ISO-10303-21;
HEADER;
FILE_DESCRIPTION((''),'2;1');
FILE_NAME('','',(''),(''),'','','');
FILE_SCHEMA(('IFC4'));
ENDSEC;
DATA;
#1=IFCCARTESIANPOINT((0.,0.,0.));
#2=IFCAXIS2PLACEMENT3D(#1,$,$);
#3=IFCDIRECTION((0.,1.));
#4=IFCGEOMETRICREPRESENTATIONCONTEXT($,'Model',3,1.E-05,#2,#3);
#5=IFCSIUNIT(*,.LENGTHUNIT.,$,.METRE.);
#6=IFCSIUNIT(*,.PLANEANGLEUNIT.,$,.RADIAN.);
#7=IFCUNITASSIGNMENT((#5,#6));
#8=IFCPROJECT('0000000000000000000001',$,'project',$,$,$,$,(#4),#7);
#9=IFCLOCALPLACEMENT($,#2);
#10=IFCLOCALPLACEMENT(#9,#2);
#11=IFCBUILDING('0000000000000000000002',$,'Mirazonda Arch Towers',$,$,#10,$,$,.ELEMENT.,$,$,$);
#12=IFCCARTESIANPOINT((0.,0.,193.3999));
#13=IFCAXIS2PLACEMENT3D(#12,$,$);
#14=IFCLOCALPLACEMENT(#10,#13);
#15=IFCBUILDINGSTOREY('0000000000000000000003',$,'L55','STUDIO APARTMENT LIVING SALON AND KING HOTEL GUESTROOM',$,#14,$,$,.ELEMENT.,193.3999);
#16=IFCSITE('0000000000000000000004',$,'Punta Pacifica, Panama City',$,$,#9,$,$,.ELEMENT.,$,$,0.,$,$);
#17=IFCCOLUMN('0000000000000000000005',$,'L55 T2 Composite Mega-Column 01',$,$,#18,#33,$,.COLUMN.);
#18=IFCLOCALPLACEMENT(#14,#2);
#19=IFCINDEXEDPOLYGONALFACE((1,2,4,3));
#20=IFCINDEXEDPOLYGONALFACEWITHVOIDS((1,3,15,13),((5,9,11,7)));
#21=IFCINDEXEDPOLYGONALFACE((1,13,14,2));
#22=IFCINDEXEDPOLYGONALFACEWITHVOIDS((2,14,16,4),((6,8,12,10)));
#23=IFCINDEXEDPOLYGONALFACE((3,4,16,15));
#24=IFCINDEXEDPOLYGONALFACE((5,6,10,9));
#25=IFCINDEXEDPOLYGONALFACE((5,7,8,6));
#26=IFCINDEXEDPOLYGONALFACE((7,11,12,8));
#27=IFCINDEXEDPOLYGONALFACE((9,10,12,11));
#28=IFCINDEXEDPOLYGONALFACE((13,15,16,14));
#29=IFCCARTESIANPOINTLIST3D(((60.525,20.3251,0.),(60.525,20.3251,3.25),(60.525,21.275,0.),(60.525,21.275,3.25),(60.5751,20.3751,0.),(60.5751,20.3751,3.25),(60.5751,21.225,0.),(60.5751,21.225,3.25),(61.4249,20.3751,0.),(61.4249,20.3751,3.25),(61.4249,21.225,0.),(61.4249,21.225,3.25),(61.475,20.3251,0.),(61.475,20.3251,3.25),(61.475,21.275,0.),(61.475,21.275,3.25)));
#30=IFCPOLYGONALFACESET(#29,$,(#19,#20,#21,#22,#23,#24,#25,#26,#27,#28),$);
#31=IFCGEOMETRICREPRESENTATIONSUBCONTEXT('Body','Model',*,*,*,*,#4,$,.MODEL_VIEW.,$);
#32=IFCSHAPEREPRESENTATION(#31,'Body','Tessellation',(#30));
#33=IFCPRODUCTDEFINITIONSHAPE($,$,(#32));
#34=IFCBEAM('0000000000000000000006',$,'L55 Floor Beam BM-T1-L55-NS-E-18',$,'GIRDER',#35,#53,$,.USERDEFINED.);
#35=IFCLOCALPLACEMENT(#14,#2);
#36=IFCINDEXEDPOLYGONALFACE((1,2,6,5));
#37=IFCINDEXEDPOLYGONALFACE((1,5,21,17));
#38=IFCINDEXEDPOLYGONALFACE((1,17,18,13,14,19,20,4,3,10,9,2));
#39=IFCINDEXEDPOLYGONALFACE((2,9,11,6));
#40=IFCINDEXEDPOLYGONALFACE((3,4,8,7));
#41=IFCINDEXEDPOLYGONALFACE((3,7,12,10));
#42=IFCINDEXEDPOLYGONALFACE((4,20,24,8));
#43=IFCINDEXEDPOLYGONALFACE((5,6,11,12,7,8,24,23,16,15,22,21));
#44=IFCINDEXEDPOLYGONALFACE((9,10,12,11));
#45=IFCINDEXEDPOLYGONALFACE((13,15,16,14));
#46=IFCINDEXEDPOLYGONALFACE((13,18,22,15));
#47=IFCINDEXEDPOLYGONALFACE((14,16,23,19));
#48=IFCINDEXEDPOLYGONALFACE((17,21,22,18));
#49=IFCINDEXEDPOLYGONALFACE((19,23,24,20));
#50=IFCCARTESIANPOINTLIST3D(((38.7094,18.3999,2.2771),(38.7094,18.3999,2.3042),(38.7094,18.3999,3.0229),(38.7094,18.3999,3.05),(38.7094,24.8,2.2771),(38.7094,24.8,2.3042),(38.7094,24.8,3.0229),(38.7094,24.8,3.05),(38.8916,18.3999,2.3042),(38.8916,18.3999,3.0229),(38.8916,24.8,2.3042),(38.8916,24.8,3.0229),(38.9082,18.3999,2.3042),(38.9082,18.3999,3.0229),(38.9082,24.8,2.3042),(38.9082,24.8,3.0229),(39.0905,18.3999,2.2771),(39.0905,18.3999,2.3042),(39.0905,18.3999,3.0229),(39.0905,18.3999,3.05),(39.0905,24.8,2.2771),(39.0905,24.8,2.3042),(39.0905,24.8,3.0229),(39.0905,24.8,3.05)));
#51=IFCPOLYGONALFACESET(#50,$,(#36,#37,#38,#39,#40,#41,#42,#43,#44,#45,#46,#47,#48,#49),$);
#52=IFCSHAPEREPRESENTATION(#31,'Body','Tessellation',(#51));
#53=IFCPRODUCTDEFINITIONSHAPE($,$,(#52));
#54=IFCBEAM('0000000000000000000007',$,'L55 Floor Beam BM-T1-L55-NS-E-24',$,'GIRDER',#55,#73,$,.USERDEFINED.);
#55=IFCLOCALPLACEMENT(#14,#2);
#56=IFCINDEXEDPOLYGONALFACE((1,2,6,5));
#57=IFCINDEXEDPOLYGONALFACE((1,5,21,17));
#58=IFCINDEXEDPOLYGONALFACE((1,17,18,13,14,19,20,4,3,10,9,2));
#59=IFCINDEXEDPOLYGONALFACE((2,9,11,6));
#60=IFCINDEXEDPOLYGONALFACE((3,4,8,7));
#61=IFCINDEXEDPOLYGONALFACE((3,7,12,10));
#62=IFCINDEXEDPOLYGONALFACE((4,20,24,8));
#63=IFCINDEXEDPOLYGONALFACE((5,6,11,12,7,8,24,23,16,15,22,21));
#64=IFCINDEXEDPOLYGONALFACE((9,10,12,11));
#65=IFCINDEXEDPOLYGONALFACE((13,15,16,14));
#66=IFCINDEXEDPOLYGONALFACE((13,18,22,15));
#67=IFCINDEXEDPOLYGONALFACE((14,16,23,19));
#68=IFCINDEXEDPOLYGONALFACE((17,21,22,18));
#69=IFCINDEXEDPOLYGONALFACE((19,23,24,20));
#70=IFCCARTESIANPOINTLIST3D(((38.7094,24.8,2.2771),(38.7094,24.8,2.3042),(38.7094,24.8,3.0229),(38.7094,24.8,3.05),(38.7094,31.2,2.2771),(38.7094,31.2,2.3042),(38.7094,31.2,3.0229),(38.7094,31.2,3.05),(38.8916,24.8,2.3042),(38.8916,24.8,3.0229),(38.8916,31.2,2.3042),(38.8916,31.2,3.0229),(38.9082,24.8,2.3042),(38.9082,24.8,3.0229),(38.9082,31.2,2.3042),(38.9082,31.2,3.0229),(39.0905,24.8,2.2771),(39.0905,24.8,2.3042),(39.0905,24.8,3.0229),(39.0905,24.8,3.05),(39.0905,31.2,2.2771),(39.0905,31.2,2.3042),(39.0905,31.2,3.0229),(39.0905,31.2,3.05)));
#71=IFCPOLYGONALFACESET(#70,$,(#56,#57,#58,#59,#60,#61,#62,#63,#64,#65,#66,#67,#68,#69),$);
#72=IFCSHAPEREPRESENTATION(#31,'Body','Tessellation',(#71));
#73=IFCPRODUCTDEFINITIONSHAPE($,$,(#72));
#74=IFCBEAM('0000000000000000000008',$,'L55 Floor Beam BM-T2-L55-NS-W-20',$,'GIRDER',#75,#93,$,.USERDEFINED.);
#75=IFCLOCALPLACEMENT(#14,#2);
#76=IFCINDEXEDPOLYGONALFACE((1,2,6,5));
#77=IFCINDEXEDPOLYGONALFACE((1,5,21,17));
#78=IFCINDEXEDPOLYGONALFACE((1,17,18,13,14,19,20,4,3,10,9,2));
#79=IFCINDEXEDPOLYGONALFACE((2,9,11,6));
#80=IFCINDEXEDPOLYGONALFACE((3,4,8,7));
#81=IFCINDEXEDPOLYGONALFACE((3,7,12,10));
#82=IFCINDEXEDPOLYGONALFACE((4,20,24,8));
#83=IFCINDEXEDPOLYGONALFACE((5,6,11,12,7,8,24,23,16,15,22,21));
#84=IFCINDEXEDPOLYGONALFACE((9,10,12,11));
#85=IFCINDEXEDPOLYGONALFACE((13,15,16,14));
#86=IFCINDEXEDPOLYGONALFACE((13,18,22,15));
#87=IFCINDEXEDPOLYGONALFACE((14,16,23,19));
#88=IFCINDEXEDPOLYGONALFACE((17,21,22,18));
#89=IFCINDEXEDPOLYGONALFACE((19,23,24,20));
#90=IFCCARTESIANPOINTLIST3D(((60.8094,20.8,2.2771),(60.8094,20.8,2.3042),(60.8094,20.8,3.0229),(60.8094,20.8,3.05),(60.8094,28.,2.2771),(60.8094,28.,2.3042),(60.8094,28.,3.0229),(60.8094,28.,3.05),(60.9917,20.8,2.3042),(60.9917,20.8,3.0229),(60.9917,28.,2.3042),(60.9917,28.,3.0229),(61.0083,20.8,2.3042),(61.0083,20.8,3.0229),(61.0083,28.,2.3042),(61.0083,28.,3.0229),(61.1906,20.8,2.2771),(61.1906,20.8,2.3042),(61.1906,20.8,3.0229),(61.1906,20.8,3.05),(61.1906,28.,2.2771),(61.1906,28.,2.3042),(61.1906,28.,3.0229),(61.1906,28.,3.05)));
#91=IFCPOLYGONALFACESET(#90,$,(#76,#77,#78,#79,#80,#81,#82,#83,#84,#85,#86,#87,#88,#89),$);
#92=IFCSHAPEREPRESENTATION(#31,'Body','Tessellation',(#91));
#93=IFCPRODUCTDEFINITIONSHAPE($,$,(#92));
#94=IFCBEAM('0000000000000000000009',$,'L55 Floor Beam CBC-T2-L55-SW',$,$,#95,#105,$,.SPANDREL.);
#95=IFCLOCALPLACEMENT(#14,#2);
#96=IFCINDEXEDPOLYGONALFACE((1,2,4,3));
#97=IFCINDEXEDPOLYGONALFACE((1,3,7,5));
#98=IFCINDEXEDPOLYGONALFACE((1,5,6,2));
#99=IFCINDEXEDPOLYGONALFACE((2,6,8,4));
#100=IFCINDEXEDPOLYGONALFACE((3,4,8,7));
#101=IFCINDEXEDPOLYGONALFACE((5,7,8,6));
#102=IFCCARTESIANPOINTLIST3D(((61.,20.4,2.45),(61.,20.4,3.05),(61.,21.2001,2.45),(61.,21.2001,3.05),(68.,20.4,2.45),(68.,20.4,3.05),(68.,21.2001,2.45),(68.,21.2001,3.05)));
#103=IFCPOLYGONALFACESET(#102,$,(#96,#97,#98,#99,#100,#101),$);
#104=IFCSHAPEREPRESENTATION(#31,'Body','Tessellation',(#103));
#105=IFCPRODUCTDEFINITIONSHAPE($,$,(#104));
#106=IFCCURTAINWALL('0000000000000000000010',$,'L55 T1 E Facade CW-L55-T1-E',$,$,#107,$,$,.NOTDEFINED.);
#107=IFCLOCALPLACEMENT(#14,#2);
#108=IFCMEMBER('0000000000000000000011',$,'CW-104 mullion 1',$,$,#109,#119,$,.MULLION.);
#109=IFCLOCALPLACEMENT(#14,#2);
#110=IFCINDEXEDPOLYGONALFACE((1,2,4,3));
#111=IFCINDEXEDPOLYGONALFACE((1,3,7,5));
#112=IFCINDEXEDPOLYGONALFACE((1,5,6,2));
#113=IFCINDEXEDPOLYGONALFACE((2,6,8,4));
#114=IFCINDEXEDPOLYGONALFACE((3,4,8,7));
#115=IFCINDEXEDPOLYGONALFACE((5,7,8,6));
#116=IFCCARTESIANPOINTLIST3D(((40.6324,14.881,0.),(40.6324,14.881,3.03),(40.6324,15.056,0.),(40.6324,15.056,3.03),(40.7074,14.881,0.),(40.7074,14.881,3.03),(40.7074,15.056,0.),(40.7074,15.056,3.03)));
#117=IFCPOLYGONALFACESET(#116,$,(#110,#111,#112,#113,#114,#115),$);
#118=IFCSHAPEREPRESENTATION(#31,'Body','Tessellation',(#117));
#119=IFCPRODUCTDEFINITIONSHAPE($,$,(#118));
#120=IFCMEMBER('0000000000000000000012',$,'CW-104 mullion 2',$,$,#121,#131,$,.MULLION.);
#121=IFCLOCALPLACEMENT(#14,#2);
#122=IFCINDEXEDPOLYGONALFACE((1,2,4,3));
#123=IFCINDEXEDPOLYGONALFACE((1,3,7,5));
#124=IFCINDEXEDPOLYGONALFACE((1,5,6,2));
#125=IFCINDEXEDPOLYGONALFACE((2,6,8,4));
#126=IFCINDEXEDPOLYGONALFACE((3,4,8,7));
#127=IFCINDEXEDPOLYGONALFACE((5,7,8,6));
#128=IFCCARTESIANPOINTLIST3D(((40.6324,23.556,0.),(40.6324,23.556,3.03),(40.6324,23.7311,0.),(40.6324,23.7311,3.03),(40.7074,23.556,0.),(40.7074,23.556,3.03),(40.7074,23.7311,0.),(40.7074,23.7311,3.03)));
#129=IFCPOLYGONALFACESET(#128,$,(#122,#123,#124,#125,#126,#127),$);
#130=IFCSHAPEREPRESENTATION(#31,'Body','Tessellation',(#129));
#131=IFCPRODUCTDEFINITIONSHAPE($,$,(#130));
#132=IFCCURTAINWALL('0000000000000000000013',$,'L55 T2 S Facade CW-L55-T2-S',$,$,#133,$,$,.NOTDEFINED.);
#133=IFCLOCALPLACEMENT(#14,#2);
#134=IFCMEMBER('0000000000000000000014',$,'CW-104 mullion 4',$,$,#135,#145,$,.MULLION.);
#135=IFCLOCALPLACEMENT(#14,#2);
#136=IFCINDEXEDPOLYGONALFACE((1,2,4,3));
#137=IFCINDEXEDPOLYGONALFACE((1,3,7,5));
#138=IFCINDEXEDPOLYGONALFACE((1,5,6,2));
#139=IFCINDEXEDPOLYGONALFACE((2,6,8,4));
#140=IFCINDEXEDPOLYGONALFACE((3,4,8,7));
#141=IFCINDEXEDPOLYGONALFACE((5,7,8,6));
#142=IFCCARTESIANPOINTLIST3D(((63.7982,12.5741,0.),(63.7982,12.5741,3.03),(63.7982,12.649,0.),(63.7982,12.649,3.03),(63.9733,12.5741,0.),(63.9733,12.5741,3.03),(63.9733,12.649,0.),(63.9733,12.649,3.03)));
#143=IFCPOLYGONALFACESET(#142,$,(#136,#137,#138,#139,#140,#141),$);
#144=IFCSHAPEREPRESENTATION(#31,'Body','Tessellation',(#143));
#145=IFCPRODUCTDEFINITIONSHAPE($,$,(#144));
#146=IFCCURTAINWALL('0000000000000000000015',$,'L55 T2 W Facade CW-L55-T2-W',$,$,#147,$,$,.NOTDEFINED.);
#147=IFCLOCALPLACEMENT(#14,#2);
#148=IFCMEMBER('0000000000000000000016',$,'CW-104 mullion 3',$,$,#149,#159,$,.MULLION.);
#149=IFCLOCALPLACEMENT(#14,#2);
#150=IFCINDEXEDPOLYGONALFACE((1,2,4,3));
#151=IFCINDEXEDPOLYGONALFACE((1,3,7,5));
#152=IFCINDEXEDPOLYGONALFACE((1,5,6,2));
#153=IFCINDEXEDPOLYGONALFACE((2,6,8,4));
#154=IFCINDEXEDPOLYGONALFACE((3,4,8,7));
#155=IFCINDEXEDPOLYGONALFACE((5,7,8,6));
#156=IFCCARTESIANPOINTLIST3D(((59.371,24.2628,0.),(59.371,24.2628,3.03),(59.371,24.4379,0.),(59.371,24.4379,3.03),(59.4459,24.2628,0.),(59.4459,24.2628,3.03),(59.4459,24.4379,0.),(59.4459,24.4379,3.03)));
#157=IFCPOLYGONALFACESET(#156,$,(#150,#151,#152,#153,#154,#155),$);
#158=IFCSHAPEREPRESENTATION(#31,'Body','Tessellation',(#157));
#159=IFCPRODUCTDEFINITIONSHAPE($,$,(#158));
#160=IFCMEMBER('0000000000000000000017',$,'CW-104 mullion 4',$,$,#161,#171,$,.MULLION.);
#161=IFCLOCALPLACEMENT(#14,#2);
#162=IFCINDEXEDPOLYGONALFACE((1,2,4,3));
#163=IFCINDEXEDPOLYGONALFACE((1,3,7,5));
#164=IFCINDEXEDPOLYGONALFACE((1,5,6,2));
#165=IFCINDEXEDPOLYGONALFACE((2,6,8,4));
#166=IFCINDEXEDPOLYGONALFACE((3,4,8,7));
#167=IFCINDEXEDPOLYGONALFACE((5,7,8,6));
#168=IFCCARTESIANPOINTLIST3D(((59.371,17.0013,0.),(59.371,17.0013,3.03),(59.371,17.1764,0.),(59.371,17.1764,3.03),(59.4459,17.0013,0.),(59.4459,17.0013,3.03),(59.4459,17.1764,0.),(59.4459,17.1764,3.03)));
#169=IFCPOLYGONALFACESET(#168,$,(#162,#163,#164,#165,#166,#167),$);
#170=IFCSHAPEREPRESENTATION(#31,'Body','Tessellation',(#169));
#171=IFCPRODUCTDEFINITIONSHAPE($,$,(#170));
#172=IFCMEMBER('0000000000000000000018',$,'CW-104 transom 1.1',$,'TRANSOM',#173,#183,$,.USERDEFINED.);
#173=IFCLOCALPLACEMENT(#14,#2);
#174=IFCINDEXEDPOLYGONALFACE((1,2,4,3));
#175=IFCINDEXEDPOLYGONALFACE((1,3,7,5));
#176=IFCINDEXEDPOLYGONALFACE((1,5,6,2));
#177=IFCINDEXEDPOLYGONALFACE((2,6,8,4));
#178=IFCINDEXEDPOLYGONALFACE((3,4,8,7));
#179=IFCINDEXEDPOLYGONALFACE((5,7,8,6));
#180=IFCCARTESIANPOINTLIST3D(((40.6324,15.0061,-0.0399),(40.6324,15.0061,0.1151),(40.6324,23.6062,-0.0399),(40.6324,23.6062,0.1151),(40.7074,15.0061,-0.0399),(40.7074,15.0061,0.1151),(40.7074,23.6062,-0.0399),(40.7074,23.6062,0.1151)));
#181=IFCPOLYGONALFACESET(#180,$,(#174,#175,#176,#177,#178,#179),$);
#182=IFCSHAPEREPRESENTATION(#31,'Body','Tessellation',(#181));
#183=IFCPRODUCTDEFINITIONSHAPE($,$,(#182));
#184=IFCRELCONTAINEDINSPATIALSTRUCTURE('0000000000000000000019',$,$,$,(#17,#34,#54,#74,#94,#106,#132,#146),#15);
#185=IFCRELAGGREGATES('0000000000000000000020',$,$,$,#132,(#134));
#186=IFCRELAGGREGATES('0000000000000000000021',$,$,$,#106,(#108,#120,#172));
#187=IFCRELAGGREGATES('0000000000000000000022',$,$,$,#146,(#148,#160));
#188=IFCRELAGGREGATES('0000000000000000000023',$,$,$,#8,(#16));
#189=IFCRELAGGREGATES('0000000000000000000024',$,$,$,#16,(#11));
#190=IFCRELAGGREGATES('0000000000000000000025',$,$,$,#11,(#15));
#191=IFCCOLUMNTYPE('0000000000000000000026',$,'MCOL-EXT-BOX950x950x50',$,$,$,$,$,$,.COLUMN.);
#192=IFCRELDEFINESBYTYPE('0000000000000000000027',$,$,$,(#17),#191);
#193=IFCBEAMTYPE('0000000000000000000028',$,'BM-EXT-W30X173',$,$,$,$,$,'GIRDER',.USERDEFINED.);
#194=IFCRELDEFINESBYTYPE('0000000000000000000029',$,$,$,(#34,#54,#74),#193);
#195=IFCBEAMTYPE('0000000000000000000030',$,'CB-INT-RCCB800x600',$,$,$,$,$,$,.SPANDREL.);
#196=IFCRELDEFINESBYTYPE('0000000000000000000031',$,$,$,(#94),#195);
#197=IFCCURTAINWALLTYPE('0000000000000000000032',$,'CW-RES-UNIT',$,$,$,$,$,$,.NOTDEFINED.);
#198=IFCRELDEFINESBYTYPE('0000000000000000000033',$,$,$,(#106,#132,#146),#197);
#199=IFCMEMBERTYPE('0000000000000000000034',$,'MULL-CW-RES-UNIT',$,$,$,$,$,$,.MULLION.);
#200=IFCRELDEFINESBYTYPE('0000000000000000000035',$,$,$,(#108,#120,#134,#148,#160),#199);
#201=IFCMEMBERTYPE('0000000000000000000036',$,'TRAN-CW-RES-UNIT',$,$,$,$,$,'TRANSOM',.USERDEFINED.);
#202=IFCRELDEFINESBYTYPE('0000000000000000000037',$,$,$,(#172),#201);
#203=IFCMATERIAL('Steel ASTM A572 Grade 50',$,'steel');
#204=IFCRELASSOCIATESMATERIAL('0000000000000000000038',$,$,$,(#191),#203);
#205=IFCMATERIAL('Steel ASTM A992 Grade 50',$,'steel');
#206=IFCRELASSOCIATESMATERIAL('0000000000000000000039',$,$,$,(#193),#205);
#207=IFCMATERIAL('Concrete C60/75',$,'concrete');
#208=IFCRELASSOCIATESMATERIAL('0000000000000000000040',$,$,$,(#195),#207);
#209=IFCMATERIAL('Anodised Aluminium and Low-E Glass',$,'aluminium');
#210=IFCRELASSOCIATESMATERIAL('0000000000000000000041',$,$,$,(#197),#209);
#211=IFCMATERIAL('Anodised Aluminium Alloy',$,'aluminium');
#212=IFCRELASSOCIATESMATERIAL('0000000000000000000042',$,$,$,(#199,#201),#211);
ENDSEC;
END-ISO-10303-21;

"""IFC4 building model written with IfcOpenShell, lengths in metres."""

from ifc_helpers import new_model, si_unit, direction, frame, origin, origin_2d, place, context, subcontext, project, spatial, rectangle, hollow_rectangle, i_section, extrude, material, material_profile, profile_set, type_object, element, aggregate, save


model = new_model("IFC4")

# Units and contexts
model_context = context("Model", 3, precision=1e-05, world=origin(), true_north=direction((0.0, 1.0)))
body_context = subcontext(model_context, "Body", "Model", "MODEL_VIEW")
ifc_project = project(units=[si_unit("LENGTHUNIT", "METRE"), si_unit("PLANEANGLEUNIT", "RADIAN")], contexts=[model_context])

# Site, building, storey
site_placement = place(None, origin())
site = spatial("IfcSite", under=ifc_project, at=site_placement, Name="Punta Pacifica, Panama City", CompositionType="ELEMENT", RefElevation=0.0)
building_placement = place(site_placement, origin())
building = spatial("IfcBuilding", under=site, at=building_placement, Name="Mirazonda Arch Towers", CompositionType="ELEMENT")
storey_placement = place(building_placement, frame((0.0, 0.0, 193.3999)))
storey = spatial("IfcBuildingStorey", under=building, at=storey_placement, Name="L55", Description="STUDIO APARTMENT LIVING SALON AND KING HOTEL GUESTROOM", CompositionType="ELEMENT", Elevation=193.3999)

# Column
ifc_material_1 = material(Name="Steel ASTM A572 Grade 50", Category="steel")
ifc_material_profile_1 = material_profile(ifc_material_1, hollow_rectangle(XDim=0.95, YDim=0.95, WallThickness=0.05, at=origin_2d()), Name="BOX950x950x50")
ifc_profile_set_1 = profile_set([ifc_material_profile_1], Name="Steel ASTM A572 Grade 50")
column_type = type_object("IfcColumnType", Name="MCOL-EXT-BOX950x950x50", PredefinedType="COLUMN", material=ifc_profile_set_1)
column_placement = place(storey_placement, frame((61.0, 20.8, 0.0), z_axis=(0.0, 0.0, 1.0), x_axis=(1.0, 0.0, 0.0)))
element("IfcColumn", 1, at=column_placement, inside=storey, type_object=column_type, Name="L55 T2 Composite Mega-Column 01", PredefinedType="COLUMN", context=body_context, shape_type="SweptSolid", body=[
    extrude(hollow_rectangle(XDim=0.95, YDim=0.95, WallThickness=0.05, at=origin_2d()), origin(), (0.0, 0.0, 1.0), 3.25),
])

# Beams
ifc_material_2 = material(Name="Steel ASTM A992 Grade 50", Category="steel")
ifc_material_profile_2 = material_profile(ifc_material_2, i_section(OverallWidth=0.3811, OverallDepth=0.7729, WebThickness=0.0166, FlangeThickness=0.0271, at=origin_2d()), Name="W30X173")
ifc_profile_set_2 = profile_set([ifc_material_profile_2], Name="Steel ASTM A992 Grade 50")
beam_type_1 = type_object("IfcBeamType", Name="BM-EXT-W30X173", ElementType="GIRDER", PredefinedType="USERDEFINED", material=ifc_profile_set_2)
beam_1_placement = place(storey_placement, frame((38.8999, 18.3999, 2.6636), z_axis=(0.0, 1.0, 0.0), x_axis=(-1.0, 0.0, 0.0)))
element("IfcBeam", 2, at=beam_1_placement, inside=storey, type_object=beam_type_1, Name="L55 Floor Beam BM-T1-L55-NS-E-18", ObjectType="GIRDER", PredefinedType="USERDEFINED", context=body_context, shape_type="SweptSolid", body=[
    extrude(i_section(OverallWidth=0.3811, OverallDepth=0.7729, WebThickness=0.0166, FlangeThickness=0.0271, at=origin_2d()), origin(), (0.0, 0.0, 1.0), 6.4001),
])
beam_2_placement = place(storey_placement, frame((38.8999, 24.8, 2.6636), z_axis=(0.0, 1.0, 0.0), x_axis=(-1.0, 0.0, 0.0)))
element("IfcBeam", 3, at=beam_2_placement, inside=storey, type_object=beam_type_1, Name="L55 Floor Beam BM-T1-L55-NS-E-24", ObjectType="GIRDER", PredefinedType="USERDEFINED", context=body_context, shape_type="SweptSolid", body=[
    extrude(i_section(OverallWidth=0.3811, OverallDepth=0.7729, WebThickness=0.0166, FlangeThickness=0.0271, at=origin_2d()), origin(), (0.0, 0.0, 1.0), 6.3999),
])
beam_3_placement = place(storey_placement, frame((61.0, 20.8, 2.6636), z_axis=(0.0, 1.0, 0.0), x_axis=(-1.0, 0.0, 0.0)))
element("IfcBeam", 4, at=beam_3_placement, inside=storey, type_object=beam_type_1, Name="L55 Floor Beam BM-T2-L55-NS-W-20", ObjectType="GIRDER", PredefinedType="USERDEFINED", context=body_context, shape_type="SweptSolid", body=[
    extrude(i_section(OverallWidth=0.3811, OverallDepth=0.7729, WebThickness=0.0166, FlangeThickness=0.0271, at=origin_2d()), origin(), (0.0, 0.0, 1.0), 7.2),
])
ifc_material_3 = material(Name="Concrete C60/75", Category="concrete")
ifc_material_profile_3 = material_profile(ifc_material_3, rectangle(XDim=0.8, YDim=0.6001, at=origin_2d()), Name="RCCB800x600")
ifc_profile_set_3 = profile_set([ifc_material_profile_3], Name="Concrete C60/75")
beam_type_2 = type_object("IfcBeamType", Name="CB-INT-RCCB800x600", PredefinedType="SPANDREL", material=ifc_profile_set_3)
beam_4_placement = place(storey_placement, frame((61.0, 20.8, 2.75), z_axis=(1.0, 0.0, 0.0), x_axis=(0.0, 1.0, 0.0)))
element("IfcBeam", 5, at=beam_4_placement, inside=storey, type_object=beam_type_2, Name="L55 Floor Beam CBC-T2-L55-SW", PredefinedType="SPANDREL", context=body_context, shape_type="SweptSolid", body=[
    extrude(rectangle(XDim=0.8, YDim=0.6001, at=origin_2d()), origin(), (0.0, 0.0, 1.0), 7.0),
])

# Curtain wall, members
ifc_material_4 = material(Name="Anodised Aluminium and Low-E Glass", Category="aluminium")
curtain_wall_type = type_object("IfcCurtainWallType", Name="CW-RES-UNIT", PredefinedType="NOTDEFINED", material=ifc_material_4)
curtain_wall_1_placement = place(storey_placement, origin())
curtain_wall_1 = element("IfcCurtainWall", 6, at=curtain_wall_1_placement, inside=storey, type_object=curtain_wall_type, Name="L55 T1 E Facade CW-L55-T1-E", PredefinedType="NOTDEFINED")
ifc_material_5 = material(Name="Anodised Aluminium Alloy", Category="aluminium")
ifc_material_profile_4 = material_profile(ifc_material_5, rectangle(XDim=0.075, YDim=0.175, at=origin_2d()), Name="ALU-MULL-75x175")
ifc_profile_set_4 = profile_set([ifc_material_profile_4], Name="Anodised Aluminium Alloy")
member_type_1 = type_object("IfcMemberType", Name="MULL-CW-RES-UNIT", PredefinedType="MULLION", material=ifc_profile_set_4)
member_1_placement = place(storey_placement, frame((40.6699, 14.9685, 0.0), z_axis=(0.0, 0.0, 1.0), x_axis=(-1.0, 0.0, 0.0)))
member_1 = element("IfcMember", 7, at=member_1_placement, type_object=member_type_1, Name="CW-104 mullion 1", PredefinedType="MULLION", context=body_context, shape_type="SweptSolid", body=[
    extrude(rectangle(XDim=0.075, YDim=0.175, at=origin_2d()), origin(), (0.0, 0.0, 1.0), 3.03),
])
member_2_placement = place(storey_placement, frame((40.6699, 23.6436, 0.0), z_axis=(0.0, 0.0, 1.0), x_axis=(-1.0, 0.0, 0.0)))
member_2 = element("IfcMember", 8, at=member_2_placement, type_object=member_type_1, Name="CW-104 mullion 2", PredefinedType="MULLION", context=body_context, shape_type="SweptSolid", body=[
    extrude(rectangle(XDim=0.075, YDim=0.175, at=origin_2d()), origin(), (0.0, 0.0, 1.0), 3.03),
])

# Curtain wall, member
curtain_wall_2_placement = place(storey_placement, origin())
curtain_wall_2 = element("IfcCurtainWall", 9, at=curtain_wall_2_placement, inside=storey, type_object=curtain_wall_type, Name="L55 T2 S Facade CW-L55-T2-S", PredefinedType="NOTDEFINED")
member_3_placement = place(storey_placement, frame((63.8857, 12.6116, 0.0), z_axis=(0.0, 0.0, 1.0), x_axis=(0.0, -1.0, 0.0)))
member_3 = element("IfcMember", 10, at=member_3_placement, type_object=member_type_1, Name="CW-104 mullion 4", PredefinedType="MULLION", context=body_context, shape_type="SweptSolid", body=[
    extrude(rectangle(XDim=0.075, YDim=0.175, at=origin_2d()), origin(), (0.0, 0.0, 1.0), 3.03),
])
aggregate(curtain_wall_2, [member_3])

# Curtain wall, members
curtain_wall_3_placement = place(storey_placement, origin())
curtain_wall_3 = element("IfcCurtainWall", 11, at=curtain_wall_3_placement, inside=storey, type_object=curtain_wall_type, Name="L55 T2 W Facade CW-L55-T2-W", PredefinedType="NOTDEFINED")
member_4_placement = place(storey_placement, frame((59.4084, 24.3503, 0.0), z_axis=(0.0, 0.0, 1.0), x_axis=(1.0, 0.0, 0.0)))
member_4 = element("IfcMember", 12, at=member_4_placement, type_object=member_type_1, Name="CW-104 mullion 3", PredefinedType="MULLION", context=body_context, shape_type="SweptSolid", body=[
    extrude(rectangle(XDim=0.075, YDim=0.175, at=origin_2d()), origin(), (0.0, 0.0, 1.0), 3.03),
])
member_5_placement = place(storey_placement, frame((59.4084, 17.0889, 0.0), z_axis=(0.0, 0.0, 1.0), x_axis=(1.0, 0.0, 0.0)))
member_5 = element("IfcMember", 13, at=member_5_placement, type_object=member_type_1, Name="CW-104 mullion 4", PredefinedType="MULLION", context=body_context, shape_type="SweptSolid", body=[
    extrude(rectangle(XDim=0.075, YDim=0.175, at=origin_2d()), origin(), (0.0, 0.0, 1.0), 3.03),
])

# Member
ifc_material_profile_5 = material_profile(ifc_material_5, rectangle(XDim=0.075, YDim=0.155, at=origin_2d()), Name="ALU-TRAN-75x155")
ifc_profile_set_5 = profile_set([ifc_material_profile_5], Name="Anodised Aluminium Alloy")
member_type_2 = type_object("IfcMemberType", Name="TRAN-CW-RES-UNIT", ElementType="TRANSOM", PredefinedType="USERDEFINED", material=ifc_profile_set_5)
member_6_placement = place(storey_placement, frame((40.6699, 15.0061, 0.0376), z_axis=(0.0, 1.0, 0.0), x_axis=(-1.0, 0.0, 0.0)))
member_6 = element("IfcMember", 14, at=member_6_placement, type_object=member_type_2, Name="CW-104 transom 1.1", ObjectType="TRANSOM", PredefinedType="USERDEFINED", context=body_context, shape_type="SweptSolid", body=[
    extrude(rectangle(XDim=0.075, YDim=0.155, at=origin_2d()), origin(), (0.0, 0.0, 1.0), 8.6001),
])

aggregate(curtain_wall_1, [member_1, member_2, member_6])
aggregate(curtain_wall_3, [member_4, member_5])

save(model, "model.ifc")
